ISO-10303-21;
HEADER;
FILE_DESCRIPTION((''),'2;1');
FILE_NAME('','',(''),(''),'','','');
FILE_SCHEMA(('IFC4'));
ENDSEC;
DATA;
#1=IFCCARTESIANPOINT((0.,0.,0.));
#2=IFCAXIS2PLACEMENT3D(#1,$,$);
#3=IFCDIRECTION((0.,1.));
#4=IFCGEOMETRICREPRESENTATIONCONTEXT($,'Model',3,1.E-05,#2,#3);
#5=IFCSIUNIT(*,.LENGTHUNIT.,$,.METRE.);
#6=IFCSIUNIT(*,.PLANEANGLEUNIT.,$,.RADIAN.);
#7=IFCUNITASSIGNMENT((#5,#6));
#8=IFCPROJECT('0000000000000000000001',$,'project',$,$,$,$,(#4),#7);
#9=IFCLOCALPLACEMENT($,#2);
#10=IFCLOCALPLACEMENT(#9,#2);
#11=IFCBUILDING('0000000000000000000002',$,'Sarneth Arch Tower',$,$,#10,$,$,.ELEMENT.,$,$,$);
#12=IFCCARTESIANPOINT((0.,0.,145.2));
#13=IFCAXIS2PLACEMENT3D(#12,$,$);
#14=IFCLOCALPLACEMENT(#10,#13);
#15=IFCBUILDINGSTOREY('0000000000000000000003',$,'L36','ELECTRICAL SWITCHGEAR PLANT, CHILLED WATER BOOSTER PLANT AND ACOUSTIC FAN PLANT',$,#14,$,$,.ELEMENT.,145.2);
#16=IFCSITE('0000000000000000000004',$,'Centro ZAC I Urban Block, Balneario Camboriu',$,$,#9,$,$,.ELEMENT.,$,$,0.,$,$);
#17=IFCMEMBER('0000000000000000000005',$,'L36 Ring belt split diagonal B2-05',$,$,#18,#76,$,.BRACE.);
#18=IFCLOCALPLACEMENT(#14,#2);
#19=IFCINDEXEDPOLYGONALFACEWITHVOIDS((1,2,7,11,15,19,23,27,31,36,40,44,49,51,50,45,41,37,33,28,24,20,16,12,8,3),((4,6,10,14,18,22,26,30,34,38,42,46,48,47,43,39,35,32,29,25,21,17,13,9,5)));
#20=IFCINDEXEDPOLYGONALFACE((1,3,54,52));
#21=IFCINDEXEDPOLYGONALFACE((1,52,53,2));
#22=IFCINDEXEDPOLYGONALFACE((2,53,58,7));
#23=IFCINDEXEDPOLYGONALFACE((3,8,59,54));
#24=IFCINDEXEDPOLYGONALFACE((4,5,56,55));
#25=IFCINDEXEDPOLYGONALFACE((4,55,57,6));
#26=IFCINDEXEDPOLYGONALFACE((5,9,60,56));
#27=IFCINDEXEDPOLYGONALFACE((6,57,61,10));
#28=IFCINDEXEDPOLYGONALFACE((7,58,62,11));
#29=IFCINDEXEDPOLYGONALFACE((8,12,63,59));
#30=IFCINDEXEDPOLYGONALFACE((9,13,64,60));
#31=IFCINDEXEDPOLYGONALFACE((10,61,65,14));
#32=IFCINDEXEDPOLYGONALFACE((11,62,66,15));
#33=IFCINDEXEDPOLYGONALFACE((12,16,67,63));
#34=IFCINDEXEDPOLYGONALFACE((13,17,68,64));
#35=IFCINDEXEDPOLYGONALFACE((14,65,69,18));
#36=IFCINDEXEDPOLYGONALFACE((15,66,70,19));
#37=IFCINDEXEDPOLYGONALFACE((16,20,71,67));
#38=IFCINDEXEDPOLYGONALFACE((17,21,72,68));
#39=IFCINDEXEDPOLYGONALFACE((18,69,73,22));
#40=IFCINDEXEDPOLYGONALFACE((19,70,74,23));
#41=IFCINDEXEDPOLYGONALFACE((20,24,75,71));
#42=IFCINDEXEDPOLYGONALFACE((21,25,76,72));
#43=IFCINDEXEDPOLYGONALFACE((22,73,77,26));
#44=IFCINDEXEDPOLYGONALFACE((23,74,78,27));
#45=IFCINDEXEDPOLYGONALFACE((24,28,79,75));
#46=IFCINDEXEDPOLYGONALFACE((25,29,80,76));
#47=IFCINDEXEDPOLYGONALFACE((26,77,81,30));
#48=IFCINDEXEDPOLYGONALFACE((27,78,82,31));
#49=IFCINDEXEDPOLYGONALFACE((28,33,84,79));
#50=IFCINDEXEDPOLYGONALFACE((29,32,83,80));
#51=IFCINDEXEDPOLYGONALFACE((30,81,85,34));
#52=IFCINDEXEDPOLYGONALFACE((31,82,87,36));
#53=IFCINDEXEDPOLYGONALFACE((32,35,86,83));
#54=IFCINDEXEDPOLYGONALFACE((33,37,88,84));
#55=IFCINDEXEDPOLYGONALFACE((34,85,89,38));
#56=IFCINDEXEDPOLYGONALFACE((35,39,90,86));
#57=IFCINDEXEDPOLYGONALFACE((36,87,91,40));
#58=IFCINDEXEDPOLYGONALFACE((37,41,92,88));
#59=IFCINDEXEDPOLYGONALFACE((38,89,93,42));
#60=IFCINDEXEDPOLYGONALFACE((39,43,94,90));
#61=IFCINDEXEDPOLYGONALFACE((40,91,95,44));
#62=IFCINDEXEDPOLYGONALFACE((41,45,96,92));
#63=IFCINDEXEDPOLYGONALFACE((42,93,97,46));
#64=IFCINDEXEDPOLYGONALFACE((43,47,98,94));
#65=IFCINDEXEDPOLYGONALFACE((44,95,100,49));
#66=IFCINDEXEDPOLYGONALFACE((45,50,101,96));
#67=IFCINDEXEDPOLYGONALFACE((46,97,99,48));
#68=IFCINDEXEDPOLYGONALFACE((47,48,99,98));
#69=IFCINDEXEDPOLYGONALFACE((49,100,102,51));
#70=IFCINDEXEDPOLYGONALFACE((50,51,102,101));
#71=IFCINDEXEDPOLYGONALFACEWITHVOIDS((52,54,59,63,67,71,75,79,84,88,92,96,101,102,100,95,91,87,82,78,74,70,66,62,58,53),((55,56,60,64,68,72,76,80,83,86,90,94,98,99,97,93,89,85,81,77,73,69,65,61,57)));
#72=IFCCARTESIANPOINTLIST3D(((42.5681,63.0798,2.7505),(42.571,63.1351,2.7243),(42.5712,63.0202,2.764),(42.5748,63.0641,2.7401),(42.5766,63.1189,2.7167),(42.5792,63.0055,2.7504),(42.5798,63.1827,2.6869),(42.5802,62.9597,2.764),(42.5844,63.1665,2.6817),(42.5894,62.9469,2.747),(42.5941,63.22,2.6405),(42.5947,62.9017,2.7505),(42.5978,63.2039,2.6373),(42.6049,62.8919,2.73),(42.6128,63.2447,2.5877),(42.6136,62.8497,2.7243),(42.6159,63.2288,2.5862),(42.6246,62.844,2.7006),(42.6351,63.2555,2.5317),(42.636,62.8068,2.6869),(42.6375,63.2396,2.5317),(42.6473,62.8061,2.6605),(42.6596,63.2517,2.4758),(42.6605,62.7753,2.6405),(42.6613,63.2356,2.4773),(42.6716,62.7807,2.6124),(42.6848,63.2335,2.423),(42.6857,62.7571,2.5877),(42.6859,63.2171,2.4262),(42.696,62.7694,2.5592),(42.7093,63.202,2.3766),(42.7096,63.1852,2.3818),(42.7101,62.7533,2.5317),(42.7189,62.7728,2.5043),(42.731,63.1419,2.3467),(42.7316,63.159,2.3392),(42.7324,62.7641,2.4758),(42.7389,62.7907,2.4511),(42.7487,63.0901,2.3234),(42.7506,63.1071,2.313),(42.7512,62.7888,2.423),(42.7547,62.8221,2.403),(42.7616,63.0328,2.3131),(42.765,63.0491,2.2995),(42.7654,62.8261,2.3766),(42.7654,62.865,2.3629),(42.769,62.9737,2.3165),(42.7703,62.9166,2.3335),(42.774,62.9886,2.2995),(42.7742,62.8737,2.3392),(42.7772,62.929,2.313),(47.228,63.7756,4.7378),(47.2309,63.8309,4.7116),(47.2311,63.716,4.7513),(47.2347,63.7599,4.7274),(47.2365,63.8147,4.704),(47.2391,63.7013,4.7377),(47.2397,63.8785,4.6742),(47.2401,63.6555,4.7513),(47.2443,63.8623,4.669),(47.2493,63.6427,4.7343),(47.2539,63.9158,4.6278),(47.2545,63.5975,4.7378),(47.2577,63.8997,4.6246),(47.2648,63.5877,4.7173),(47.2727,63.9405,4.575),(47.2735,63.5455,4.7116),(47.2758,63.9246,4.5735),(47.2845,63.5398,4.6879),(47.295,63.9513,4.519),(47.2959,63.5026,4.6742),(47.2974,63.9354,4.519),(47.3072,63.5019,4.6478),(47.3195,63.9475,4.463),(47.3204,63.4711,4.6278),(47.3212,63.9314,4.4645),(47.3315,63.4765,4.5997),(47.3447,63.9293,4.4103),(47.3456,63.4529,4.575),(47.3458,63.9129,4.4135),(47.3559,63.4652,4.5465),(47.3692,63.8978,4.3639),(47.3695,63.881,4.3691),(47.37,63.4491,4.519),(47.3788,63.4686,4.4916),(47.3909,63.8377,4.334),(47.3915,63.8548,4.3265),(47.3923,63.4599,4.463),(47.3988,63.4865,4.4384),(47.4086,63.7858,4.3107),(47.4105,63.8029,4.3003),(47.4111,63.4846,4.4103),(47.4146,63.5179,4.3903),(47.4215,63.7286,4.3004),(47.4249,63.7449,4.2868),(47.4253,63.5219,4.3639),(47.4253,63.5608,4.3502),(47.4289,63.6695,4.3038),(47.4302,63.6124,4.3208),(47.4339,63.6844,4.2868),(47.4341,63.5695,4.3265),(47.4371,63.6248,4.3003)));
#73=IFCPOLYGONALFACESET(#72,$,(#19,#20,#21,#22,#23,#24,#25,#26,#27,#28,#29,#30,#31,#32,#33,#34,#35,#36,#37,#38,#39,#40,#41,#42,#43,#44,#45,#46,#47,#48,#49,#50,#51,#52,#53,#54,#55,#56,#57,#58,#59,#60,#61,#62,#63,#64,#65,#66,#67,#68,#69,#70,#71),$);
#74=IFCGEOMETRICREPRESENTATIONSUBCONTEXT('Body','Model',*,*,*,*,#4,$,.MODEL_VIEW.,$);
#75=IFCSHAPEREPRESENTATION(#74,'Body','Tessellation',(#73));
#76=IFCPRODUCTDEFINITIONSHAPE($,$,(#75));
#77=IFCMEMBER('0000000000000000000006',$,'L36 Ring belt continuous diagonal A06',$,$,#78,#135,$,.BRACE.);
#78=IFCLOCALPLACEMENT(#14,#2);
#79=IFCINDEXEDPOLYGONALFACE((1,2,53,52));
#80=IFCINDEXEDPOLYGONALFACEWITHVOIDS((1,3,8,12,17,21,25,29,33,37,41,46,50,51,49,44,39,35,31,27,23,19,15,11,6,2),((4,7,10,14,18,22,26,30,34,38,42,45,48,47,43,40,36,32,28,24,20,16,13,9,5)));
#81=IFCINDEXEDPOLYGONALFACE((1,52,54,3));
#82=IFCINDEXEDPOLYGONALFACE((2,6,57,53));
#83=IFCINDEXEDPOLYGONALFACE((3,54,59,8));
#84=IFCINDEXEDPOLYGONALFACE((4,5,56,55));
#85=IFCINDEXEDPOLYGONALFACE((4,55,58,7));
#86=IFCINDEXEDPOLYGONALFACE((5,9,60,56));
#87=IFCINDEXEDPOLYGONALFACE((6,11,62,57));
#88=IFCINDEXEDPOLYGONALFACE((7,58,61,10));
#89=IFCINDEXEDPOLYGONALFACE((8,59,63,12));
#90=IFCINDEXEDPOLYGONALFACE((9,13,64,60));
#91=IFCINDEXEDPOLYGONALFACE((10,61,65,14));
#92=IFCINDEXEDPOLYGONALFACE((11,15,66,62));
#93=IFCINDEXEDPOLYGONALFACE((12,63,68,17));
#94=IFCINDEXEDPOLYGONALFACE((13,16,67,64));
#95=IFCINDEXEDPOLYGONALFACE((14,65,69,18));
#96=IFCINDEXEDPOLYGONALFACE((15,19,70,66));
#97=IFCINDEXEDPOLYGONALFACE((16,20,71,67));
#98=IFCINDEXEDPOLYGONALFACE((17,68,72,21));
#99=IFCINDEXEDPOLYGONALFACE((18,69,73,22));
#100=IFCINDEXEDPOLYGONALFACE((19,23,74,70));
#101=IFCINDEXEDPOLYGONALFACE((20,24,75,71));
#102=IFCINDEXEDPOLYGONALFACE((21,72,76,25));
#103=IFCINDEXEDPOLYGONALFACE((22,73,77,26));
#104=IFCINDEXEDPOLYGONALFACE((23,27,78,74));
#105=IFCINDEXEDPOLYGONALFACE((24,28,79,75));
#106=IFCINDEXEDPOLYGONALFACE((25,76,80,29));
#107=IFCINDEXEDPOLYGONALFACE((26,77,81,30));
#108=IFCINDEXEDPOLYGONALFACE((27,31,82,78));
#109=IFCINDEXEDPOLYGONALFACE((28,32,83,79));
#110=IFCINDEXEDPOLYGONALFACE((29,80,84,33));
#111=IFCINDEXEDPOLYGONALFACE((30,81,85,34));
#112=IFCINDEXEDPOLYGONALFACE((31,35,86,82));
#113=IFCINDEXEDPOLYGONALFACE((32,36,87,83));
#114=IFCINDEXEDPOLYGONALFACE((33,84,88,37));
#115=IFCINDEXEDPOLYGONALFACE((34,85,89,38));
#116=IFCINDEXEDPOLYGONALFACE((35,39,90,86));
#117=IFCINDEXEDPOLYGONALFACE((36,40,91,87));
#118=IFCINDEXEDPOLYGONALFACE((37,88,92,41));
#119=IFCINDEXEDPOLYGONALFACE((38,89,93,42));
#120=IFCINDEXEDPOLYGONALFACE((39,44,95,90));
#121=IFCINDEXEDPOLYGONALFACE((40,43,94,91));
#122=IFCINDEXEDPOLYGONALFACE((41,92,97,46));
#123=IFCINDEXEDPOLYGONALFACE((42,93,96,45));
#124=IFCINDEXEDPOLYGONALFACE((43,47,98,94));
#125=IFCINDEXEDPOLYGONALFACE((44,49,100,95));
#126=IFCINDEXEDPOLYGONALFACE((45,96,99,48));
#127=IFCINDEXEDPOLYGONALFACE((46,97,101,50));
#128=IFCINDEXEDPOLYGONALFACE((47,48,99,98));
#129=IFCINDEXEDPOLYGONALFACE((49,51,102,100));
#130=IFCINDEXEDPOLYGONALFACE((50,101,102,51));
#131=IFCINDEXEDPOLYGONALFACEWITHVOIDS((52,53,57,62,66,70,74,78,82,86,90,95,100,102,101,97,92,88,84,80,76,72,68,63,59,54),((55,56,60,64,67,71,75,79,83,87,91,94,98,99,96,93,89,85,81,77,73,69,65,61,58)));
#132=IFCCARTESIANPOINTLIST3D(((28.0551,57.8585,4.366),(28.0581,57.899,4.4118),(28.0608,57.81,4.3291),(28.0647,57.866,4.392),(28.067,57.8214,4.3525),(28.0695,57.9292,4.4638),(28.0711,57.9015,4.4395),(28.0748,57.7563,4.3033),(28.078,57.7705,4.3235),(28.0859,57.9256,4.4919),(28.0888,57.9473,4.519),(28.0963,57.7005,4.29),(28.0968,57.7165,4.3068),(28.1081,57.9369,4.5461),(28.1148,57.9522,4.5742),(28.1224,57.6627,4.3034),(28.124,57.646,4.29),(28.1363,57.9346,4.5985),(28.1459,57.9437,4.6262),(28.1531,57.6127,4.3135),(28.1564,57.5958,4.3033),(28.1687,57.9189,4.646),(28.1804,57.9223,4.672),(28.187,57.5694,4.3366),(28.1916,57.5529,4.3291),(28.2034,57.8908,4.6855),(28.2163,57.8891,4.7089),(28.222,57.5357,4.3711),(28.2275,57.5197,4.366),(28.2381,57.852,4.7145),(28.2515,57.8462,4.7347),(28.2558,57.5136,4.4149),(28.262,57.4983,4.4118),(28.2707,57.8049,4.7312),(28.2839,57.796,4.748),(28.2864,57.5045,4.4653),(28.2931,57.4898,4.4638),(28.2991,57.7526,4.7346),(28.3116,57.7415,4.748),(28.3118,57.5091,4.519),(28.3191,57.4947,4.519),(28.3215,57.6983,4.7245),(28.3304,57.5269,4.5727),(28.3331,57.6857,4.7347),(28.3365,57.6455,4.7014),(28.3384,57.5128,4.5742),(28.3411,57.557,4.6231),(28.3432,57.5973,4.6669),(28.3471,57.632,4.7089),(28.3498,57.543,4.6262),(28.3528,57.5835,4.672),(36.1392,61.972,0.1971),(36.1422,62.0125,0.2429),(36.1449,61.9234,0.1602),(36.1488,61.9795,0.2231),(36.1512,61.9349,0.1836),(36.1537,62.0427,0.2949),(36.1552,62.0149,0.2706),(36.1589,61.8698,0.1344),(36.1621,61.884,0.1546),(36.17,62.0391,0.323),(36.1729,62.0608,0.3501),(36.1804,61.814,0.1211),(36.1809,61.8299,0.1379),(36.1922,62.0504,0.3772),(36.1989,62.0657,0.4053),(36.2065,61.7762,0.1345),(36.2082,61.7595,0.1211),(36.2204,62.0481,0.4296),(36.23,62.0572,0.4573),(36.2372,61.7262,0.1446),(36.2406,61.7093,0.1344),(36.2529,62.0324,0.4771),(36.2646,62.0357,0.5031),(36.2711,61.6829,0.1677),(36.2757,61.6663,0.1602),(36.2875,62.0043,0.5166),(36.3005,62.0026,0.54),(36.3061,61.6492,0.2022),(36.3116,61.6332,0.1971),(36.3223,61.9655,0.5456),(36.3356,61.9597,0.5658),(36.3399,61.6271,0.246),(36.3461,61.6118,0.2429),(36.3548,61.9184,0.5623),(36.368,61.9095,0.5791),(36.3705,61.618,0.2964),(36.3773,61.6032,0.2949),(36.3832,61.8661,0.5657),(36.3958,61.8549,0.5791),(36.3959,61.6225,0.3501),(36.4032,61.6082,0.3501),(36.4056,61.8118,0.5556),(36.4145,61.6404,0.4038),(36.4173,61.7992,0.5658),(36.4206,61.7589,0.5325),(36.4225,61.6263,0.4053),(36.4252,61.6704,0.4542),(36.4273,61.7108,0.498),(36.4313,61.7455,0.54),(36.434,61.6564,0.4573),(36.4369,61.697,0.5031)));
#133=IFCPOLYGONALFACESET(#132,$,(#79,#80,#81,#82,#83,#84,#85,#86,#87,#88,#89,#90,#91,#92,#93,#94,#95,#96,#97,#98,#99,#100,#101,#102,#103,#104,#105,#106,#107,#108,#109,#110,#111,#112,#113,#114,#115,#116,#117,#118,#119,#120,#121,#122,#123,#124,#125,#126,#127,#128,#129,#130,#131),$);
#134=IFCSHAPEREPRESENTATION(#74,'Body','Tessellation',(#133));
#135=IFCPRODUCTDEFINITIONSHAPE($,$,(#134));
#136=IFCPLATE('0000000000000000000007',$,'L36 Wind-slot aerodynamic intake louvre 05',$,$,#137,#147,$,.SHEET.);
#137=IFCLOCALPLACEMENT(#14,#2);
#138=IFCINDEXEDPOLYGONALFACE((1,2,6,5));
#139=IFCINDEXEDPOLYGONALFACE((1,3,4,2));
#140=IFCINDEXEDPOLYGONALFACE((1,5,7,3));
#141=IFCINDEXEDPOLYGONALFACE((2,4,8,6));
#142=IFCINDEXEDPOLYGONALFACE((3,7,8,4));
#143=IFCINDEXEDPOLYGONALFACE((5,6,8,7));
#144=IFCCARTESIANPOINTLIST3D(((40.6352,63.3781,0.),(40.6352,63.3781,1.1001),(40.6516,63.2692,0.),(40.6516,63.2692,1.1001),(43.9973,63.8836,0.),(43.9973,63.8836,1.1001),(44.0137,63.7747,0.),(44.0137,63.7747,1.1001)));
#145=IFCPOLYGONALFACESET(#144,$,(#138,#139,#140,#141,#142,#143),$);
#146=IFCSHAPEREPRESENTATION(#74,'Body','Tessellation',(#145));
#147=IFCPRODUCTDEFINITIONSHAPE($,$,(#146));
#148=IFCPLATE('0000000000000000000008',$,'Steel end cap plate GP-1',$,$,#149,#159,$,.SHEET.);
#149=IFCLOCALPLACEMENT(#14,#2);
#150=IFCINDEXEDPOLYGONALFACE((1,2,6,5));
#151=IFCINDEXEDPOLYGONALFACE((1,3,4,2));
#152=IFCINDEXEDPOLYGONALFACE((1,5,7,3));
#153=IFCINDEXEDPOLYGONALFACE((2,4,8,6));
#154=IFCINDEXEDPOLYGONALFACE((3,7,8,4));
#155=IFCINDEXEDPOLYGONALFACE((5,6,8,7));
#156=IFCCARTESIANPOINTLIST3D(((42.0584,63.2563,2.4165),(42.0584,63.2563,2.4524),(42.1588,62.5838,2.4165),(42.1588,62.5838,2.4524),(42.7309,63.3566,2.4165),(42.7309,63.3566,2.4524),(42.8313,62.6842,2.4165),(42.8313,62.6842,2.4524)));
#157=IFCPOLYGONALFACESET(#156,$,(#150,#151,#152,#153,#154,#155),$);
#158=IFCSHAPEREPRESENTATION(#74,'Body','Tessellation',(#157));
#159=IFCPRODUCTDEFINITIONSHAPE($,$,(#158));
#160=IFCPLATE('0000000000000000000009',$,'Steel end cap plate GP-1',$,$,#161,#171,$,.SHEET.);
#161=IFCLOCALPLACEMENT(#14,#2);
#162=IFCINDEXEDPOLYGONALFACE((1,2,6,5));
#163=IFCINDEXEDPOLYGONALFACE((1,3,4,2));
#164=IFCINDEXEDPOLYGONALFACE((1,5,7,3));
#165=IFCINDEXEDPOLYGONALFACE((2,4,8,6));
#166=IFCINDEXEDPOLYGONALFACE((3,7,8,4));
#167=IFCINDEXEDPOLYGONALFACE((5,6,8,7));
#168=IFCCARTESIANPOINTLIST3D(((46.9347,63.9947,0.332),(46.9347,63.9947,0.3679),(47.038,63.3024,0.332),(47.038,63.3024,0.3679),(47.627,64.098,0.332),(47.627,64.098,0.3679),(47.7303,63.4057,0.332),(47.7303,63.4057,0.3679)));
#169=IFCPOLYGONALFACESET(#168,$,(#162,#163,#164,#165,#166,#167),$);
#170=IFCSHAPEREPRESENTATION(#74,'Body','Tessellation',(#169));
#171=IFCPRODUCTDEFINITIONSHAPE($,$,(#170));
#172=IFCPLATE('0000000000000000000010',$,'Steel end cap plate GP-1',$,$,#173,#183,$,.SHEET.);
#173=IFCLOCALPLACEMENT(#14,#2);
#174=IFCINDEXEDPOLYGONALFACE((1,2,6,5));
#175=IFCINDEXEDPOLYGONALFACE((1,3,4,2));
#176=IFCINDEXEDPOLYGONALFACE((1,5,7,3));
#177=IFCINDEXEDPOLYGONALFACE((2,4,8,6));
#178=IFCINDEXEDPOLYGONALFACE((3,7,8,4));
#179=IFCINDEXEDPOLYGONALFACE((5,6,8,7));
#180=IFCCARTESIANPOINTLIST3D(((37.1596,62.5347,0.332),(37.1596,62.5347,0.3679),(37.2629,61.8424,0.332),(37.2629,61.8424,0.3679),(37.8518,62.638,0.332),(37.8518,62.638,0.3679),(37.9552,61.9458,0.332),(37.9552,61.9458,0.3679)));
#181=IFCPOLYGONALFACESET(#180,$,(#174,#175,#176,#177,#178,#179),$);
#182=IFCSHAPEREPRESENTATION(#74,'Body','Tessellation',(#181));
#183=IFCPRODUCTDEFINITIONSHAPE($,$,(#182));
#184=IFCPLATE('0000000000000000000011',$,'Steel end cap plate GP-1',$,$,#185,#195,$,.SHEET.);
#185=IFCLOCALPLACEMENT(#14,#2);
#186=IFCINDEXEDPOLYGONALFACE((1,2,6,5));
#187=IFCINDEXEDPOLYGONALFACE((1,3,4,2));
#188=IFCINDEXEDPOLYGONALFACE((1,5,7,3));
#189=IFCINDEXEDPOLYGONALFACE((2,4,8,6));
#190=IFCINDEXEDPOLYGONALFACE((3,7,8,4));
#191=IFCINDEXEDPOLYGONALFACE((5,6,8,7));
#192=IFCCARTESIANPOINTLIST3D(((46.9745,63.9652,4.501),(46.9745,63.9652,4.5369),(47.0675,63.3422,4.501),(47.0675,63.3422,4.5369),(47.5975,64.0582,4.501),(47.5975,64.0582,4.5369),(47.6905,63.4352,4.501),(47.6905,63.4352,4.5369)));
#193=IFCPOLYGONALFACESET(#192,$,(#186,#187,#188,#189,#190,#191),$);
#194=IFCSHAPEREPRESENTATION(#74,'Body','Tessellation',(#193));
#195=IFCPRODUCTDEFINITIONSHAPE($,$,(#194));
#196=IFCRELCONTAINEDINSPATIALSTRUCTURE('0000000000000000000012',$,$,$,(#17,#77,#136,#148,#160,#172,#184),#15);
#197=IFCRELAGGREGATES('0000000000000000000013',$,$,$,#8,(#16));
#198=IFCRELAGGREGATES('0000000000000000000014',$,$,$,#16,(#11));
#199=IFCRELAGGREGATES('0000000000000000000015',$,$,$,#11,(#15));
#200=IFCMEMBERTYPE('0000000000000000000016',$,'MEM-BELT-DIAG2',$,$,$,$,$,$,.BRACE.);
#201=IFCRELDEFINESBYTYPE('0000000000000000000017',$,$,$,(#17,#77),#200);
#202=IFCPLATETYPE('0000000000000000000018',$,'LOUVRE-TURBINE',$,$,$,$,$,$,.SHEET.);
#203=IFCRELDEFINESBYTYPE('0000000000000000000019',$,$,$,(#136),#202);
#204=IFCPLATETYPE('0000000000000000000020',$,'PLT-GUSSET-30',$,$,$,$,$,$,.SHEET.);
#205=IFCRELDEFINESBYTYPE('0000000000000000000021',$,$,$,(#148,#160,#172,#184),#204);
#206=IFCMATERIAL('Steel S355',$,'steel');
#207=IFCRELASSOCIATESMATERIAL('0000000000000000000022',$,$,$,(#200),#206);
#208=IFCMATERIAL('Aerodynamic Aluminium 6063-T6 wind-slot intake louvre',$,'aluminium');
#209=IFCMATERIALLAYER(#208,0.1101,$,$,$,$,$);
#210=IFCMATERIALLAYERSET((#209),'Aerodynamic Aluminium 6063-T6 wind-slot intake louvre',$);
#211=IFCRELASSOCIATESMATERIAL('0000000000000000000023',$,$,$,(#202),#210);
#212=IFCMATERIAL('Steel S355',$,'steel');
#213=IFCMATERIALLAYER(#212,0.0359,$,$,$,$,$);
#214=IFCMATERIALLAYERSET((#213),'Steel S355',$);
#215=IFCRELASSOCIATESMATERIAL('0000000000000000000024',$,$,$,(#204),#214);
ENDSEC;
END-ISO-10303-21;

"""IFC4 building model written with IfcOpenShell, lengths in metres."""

from ifc_helpers import new_model, si_unit, direction, frame, origin, origin_2d, place, context, subcontext, project, spatial, rectangle, hollow_circle, extrude, material, layer, layer_set, material_profile, profile_set, type_object, element, save


model = new_model("IFC4")

# Units and contexts
model_context = context("Model", 3, precision=1e-05, world=origin(), true_north=direction((0.0, 1.0)))
body_context = subcontext(model_context, "Body", "Model", "MODEL_VIEW")
ifc_project = project(units=[si_unit("LENGTHUNIT", "METRE"), si_unit("PLANEANGLEUNIT", "RADIAN")], contexts=[model_context])

# Site, building, storey
site_placement = place(None, origin())
site = spatial("IfcSite", under=ifc_project, at=site_placement, Name="Centro ZAC I Urban Block, Balneario Camboriu", CompositionType="ELEMENT", RefElevation=0.0)
building_placement = place(site_placement, origin())
building = spatial("IfcBuilding", under=site, at=building_placement, Name="Sarneth Arch Tower", CompositionType="ELEMENT")
storey_placement = place(building_placement, frame((0.0, 0.0, 145.2)))
storey = spatial("IfcBuildingStorey", under=building, at=storey_placement, Name="L36", Description="ELECTRICAL SWITCHGEAR PLANT, CHILLED WATER BOOSTER PLANT AND ACOUSTIC FAN PLANT", CompositionType="ELEMENT", Elevation=145.2)

# Members
ifc_material_1 = material(Name="Steel S355", Category="steel")
ifc_material_profile_1 = material_profile(ifc_material_1, hollow_circle(Radius=0.2539, WallThickness=0.0161, at=origin_2d()), Name="CHS508x16")
ifc_profile_set_1 = profile_set([ifc_material_profile_1], Name="Steel S355")
member_type_1 = type_object("IfcMemberType", Name="MEM-BELT-DIAG2", PredefinedType="BRACE", material=ifc_profile_set_1)
member_1_placement = place(storey_placement, frame((42.6726, 63.0044, 2.5317), z_axis=(0.911289, 0.13607, 0.388636), x_axis=(-0.147679, 0.989035, 0.0)))
element("IfcMember", 1, at=member_1_placement, inside=storey, type_object=member_type_1, Name="L36 Ring belt split diagonal B2-05", PredefinedType="BRACE", context=body_context, shape_type="SweptSolid", body=[
    extrude(hollow_circle(Radius=0.2539, WallThickness=0.0161, at=origin_2d()), origin(), (0.0, 0.0, 1.0), 5.1135),
])
member_2_placement = place(storey_placement, frame((36.2881, 61.8345, 0.3501), z_axis=(-0.809817, -0.412062, 0.417614), x_axis=(0.453501, -0.891256, 0.0)))
element("IfcMember", 2, at=member_2_placement, inside=storey, type_object=member_type_1, Name="L36 Ring belt continuous diagonal A06", PredefinedType="BRACE", context=body_context, shape_type="SweptSolid", body=[
    extrude(hollow_circle(Radius=0.2539, WallThickness=0.0161, at=origin_2d()), origin(), (0.0, 0.0, 1.0), 9.9827),
])

# Plates
ifc_material_2 = material(Name="Aerodynamic Aluminium 6063-T6 wind-slot intake louvre", Category="aluminium")
ifc_layer_1 = layer(ifc_material_2, 0.1101)
ifc_layer_set_1 = layer_set([ifc_layer_1], Name="Aerodynamic Aluminium 6063-T6 wind-slot intake louvre")
plate_type_1 = type_object("IfcPlateType", Name="LOUVRE-TURBINE", PredefinedType="SHEET", material=ifc_layer_set_1)
plate_1_placement = place(storey_placement, frame((42.3245, 63.5764, 0.0), z_axis=(0.0, 0.0, 1.0), x_axis=(-0.988886, -0.148672, 0.0)))
element("IfcPlate", 3, at=plate_1_placement, inside=storey, type_object=plate_type_1, Name="L36 Wind-slot aerodynamic intake louvre 05", PredefinedType="SHEET", context=body_context, shape_type="SweptSolid", body=[
    extrude(rectangle(XDim=3.3999, YDim=0.1101, at=origin_2d()), origin(), (0.0, 0.0, 1.0), 1.1001),
])
ifc_material_3 = material(Name="Steel S355", Category="steel")
ifc_layer_2 = layer(ifc_material_3, 0.0359)
ifc_layer_set_2 = layer_set([ifc_layer_2], Name="Steel S355")
plate_type_2 = type_object("IfcPlateType", Name="PLT-GUSSET-30", PredefinedType="SHEET", material=ifc_layer_set_2)
plate_2_placement = place(storey_placement, frame((42.4448, 62.9702, 2.4165), z_axis=(0.0, 0.0, 1.0), x_axis=(-0.989042, -0.147637, 0.0)))
element("IfcPlate", 4, at=plate_2_placement, inside=storey, type_object=plate_type_2, Name="Steel end cap plate GP-1", PredefinedType="SHEET", context=body_context, shape_type="SweptSolid", body=[
    extrude(rectangle(XDim=0.6799, YDim=0.6799, at=origin_2d()), origin(), (0.0, 0.0, 1.0), 0.0359),
])
for number, where, z_axis, x_axis, name in (
    (5, (47.3325, 63.7002, 0.332), (0.0, 0.0, 1.0), (0.989042, 0.147637, 0.0), "Steel end cap plate GP-1"),
    (6, (37.5574, 62.2402, 0.332), (0.0, 0.0, 1.0), (-0.989042, -0.147637, 0.0), "Steel end cap plate GP-1"),
):
    element("IfcPlate", number, at=place(storey_placement, frame(where, z_axis=z_axis, x_axis=x_axis)), inside=storey, type_object=plate_type_2, Name=name, PredefinedType="SHEET", context=body_context, shape_type="SweptSolid", body=[
        extrude(rectangle(XDim=0.7, YDim=0.7, at=origin_2d()), origin(), (0.0, 0.0, 1.0), 0.0359),
    ])
for number, where, z_axis, x_axis, name in (
    (7, (47.3325, 63.7002, 4.501), (0.0, 0.0, 1.0), (0.989042, 0.147637, 0.0), "Steel end cap plate GP-1"),
):
    element("IfcPlate", number, at=place(storey_placement, frame(where, z_axis=z_axis, x_axis=x_axis)), inside=storey, type_object=plate_type_2, Name=name, PredefinedType="SHEET", context=body_context, shape_type="SweptSolid", body=[
        extrude(rectangle(XDim=0.6299, YDim=0.6299, at=origin_2d()), origin(), (0.0, 0.0, 1.0), 0.0359),
    ])

save(model, "model.ifc")
